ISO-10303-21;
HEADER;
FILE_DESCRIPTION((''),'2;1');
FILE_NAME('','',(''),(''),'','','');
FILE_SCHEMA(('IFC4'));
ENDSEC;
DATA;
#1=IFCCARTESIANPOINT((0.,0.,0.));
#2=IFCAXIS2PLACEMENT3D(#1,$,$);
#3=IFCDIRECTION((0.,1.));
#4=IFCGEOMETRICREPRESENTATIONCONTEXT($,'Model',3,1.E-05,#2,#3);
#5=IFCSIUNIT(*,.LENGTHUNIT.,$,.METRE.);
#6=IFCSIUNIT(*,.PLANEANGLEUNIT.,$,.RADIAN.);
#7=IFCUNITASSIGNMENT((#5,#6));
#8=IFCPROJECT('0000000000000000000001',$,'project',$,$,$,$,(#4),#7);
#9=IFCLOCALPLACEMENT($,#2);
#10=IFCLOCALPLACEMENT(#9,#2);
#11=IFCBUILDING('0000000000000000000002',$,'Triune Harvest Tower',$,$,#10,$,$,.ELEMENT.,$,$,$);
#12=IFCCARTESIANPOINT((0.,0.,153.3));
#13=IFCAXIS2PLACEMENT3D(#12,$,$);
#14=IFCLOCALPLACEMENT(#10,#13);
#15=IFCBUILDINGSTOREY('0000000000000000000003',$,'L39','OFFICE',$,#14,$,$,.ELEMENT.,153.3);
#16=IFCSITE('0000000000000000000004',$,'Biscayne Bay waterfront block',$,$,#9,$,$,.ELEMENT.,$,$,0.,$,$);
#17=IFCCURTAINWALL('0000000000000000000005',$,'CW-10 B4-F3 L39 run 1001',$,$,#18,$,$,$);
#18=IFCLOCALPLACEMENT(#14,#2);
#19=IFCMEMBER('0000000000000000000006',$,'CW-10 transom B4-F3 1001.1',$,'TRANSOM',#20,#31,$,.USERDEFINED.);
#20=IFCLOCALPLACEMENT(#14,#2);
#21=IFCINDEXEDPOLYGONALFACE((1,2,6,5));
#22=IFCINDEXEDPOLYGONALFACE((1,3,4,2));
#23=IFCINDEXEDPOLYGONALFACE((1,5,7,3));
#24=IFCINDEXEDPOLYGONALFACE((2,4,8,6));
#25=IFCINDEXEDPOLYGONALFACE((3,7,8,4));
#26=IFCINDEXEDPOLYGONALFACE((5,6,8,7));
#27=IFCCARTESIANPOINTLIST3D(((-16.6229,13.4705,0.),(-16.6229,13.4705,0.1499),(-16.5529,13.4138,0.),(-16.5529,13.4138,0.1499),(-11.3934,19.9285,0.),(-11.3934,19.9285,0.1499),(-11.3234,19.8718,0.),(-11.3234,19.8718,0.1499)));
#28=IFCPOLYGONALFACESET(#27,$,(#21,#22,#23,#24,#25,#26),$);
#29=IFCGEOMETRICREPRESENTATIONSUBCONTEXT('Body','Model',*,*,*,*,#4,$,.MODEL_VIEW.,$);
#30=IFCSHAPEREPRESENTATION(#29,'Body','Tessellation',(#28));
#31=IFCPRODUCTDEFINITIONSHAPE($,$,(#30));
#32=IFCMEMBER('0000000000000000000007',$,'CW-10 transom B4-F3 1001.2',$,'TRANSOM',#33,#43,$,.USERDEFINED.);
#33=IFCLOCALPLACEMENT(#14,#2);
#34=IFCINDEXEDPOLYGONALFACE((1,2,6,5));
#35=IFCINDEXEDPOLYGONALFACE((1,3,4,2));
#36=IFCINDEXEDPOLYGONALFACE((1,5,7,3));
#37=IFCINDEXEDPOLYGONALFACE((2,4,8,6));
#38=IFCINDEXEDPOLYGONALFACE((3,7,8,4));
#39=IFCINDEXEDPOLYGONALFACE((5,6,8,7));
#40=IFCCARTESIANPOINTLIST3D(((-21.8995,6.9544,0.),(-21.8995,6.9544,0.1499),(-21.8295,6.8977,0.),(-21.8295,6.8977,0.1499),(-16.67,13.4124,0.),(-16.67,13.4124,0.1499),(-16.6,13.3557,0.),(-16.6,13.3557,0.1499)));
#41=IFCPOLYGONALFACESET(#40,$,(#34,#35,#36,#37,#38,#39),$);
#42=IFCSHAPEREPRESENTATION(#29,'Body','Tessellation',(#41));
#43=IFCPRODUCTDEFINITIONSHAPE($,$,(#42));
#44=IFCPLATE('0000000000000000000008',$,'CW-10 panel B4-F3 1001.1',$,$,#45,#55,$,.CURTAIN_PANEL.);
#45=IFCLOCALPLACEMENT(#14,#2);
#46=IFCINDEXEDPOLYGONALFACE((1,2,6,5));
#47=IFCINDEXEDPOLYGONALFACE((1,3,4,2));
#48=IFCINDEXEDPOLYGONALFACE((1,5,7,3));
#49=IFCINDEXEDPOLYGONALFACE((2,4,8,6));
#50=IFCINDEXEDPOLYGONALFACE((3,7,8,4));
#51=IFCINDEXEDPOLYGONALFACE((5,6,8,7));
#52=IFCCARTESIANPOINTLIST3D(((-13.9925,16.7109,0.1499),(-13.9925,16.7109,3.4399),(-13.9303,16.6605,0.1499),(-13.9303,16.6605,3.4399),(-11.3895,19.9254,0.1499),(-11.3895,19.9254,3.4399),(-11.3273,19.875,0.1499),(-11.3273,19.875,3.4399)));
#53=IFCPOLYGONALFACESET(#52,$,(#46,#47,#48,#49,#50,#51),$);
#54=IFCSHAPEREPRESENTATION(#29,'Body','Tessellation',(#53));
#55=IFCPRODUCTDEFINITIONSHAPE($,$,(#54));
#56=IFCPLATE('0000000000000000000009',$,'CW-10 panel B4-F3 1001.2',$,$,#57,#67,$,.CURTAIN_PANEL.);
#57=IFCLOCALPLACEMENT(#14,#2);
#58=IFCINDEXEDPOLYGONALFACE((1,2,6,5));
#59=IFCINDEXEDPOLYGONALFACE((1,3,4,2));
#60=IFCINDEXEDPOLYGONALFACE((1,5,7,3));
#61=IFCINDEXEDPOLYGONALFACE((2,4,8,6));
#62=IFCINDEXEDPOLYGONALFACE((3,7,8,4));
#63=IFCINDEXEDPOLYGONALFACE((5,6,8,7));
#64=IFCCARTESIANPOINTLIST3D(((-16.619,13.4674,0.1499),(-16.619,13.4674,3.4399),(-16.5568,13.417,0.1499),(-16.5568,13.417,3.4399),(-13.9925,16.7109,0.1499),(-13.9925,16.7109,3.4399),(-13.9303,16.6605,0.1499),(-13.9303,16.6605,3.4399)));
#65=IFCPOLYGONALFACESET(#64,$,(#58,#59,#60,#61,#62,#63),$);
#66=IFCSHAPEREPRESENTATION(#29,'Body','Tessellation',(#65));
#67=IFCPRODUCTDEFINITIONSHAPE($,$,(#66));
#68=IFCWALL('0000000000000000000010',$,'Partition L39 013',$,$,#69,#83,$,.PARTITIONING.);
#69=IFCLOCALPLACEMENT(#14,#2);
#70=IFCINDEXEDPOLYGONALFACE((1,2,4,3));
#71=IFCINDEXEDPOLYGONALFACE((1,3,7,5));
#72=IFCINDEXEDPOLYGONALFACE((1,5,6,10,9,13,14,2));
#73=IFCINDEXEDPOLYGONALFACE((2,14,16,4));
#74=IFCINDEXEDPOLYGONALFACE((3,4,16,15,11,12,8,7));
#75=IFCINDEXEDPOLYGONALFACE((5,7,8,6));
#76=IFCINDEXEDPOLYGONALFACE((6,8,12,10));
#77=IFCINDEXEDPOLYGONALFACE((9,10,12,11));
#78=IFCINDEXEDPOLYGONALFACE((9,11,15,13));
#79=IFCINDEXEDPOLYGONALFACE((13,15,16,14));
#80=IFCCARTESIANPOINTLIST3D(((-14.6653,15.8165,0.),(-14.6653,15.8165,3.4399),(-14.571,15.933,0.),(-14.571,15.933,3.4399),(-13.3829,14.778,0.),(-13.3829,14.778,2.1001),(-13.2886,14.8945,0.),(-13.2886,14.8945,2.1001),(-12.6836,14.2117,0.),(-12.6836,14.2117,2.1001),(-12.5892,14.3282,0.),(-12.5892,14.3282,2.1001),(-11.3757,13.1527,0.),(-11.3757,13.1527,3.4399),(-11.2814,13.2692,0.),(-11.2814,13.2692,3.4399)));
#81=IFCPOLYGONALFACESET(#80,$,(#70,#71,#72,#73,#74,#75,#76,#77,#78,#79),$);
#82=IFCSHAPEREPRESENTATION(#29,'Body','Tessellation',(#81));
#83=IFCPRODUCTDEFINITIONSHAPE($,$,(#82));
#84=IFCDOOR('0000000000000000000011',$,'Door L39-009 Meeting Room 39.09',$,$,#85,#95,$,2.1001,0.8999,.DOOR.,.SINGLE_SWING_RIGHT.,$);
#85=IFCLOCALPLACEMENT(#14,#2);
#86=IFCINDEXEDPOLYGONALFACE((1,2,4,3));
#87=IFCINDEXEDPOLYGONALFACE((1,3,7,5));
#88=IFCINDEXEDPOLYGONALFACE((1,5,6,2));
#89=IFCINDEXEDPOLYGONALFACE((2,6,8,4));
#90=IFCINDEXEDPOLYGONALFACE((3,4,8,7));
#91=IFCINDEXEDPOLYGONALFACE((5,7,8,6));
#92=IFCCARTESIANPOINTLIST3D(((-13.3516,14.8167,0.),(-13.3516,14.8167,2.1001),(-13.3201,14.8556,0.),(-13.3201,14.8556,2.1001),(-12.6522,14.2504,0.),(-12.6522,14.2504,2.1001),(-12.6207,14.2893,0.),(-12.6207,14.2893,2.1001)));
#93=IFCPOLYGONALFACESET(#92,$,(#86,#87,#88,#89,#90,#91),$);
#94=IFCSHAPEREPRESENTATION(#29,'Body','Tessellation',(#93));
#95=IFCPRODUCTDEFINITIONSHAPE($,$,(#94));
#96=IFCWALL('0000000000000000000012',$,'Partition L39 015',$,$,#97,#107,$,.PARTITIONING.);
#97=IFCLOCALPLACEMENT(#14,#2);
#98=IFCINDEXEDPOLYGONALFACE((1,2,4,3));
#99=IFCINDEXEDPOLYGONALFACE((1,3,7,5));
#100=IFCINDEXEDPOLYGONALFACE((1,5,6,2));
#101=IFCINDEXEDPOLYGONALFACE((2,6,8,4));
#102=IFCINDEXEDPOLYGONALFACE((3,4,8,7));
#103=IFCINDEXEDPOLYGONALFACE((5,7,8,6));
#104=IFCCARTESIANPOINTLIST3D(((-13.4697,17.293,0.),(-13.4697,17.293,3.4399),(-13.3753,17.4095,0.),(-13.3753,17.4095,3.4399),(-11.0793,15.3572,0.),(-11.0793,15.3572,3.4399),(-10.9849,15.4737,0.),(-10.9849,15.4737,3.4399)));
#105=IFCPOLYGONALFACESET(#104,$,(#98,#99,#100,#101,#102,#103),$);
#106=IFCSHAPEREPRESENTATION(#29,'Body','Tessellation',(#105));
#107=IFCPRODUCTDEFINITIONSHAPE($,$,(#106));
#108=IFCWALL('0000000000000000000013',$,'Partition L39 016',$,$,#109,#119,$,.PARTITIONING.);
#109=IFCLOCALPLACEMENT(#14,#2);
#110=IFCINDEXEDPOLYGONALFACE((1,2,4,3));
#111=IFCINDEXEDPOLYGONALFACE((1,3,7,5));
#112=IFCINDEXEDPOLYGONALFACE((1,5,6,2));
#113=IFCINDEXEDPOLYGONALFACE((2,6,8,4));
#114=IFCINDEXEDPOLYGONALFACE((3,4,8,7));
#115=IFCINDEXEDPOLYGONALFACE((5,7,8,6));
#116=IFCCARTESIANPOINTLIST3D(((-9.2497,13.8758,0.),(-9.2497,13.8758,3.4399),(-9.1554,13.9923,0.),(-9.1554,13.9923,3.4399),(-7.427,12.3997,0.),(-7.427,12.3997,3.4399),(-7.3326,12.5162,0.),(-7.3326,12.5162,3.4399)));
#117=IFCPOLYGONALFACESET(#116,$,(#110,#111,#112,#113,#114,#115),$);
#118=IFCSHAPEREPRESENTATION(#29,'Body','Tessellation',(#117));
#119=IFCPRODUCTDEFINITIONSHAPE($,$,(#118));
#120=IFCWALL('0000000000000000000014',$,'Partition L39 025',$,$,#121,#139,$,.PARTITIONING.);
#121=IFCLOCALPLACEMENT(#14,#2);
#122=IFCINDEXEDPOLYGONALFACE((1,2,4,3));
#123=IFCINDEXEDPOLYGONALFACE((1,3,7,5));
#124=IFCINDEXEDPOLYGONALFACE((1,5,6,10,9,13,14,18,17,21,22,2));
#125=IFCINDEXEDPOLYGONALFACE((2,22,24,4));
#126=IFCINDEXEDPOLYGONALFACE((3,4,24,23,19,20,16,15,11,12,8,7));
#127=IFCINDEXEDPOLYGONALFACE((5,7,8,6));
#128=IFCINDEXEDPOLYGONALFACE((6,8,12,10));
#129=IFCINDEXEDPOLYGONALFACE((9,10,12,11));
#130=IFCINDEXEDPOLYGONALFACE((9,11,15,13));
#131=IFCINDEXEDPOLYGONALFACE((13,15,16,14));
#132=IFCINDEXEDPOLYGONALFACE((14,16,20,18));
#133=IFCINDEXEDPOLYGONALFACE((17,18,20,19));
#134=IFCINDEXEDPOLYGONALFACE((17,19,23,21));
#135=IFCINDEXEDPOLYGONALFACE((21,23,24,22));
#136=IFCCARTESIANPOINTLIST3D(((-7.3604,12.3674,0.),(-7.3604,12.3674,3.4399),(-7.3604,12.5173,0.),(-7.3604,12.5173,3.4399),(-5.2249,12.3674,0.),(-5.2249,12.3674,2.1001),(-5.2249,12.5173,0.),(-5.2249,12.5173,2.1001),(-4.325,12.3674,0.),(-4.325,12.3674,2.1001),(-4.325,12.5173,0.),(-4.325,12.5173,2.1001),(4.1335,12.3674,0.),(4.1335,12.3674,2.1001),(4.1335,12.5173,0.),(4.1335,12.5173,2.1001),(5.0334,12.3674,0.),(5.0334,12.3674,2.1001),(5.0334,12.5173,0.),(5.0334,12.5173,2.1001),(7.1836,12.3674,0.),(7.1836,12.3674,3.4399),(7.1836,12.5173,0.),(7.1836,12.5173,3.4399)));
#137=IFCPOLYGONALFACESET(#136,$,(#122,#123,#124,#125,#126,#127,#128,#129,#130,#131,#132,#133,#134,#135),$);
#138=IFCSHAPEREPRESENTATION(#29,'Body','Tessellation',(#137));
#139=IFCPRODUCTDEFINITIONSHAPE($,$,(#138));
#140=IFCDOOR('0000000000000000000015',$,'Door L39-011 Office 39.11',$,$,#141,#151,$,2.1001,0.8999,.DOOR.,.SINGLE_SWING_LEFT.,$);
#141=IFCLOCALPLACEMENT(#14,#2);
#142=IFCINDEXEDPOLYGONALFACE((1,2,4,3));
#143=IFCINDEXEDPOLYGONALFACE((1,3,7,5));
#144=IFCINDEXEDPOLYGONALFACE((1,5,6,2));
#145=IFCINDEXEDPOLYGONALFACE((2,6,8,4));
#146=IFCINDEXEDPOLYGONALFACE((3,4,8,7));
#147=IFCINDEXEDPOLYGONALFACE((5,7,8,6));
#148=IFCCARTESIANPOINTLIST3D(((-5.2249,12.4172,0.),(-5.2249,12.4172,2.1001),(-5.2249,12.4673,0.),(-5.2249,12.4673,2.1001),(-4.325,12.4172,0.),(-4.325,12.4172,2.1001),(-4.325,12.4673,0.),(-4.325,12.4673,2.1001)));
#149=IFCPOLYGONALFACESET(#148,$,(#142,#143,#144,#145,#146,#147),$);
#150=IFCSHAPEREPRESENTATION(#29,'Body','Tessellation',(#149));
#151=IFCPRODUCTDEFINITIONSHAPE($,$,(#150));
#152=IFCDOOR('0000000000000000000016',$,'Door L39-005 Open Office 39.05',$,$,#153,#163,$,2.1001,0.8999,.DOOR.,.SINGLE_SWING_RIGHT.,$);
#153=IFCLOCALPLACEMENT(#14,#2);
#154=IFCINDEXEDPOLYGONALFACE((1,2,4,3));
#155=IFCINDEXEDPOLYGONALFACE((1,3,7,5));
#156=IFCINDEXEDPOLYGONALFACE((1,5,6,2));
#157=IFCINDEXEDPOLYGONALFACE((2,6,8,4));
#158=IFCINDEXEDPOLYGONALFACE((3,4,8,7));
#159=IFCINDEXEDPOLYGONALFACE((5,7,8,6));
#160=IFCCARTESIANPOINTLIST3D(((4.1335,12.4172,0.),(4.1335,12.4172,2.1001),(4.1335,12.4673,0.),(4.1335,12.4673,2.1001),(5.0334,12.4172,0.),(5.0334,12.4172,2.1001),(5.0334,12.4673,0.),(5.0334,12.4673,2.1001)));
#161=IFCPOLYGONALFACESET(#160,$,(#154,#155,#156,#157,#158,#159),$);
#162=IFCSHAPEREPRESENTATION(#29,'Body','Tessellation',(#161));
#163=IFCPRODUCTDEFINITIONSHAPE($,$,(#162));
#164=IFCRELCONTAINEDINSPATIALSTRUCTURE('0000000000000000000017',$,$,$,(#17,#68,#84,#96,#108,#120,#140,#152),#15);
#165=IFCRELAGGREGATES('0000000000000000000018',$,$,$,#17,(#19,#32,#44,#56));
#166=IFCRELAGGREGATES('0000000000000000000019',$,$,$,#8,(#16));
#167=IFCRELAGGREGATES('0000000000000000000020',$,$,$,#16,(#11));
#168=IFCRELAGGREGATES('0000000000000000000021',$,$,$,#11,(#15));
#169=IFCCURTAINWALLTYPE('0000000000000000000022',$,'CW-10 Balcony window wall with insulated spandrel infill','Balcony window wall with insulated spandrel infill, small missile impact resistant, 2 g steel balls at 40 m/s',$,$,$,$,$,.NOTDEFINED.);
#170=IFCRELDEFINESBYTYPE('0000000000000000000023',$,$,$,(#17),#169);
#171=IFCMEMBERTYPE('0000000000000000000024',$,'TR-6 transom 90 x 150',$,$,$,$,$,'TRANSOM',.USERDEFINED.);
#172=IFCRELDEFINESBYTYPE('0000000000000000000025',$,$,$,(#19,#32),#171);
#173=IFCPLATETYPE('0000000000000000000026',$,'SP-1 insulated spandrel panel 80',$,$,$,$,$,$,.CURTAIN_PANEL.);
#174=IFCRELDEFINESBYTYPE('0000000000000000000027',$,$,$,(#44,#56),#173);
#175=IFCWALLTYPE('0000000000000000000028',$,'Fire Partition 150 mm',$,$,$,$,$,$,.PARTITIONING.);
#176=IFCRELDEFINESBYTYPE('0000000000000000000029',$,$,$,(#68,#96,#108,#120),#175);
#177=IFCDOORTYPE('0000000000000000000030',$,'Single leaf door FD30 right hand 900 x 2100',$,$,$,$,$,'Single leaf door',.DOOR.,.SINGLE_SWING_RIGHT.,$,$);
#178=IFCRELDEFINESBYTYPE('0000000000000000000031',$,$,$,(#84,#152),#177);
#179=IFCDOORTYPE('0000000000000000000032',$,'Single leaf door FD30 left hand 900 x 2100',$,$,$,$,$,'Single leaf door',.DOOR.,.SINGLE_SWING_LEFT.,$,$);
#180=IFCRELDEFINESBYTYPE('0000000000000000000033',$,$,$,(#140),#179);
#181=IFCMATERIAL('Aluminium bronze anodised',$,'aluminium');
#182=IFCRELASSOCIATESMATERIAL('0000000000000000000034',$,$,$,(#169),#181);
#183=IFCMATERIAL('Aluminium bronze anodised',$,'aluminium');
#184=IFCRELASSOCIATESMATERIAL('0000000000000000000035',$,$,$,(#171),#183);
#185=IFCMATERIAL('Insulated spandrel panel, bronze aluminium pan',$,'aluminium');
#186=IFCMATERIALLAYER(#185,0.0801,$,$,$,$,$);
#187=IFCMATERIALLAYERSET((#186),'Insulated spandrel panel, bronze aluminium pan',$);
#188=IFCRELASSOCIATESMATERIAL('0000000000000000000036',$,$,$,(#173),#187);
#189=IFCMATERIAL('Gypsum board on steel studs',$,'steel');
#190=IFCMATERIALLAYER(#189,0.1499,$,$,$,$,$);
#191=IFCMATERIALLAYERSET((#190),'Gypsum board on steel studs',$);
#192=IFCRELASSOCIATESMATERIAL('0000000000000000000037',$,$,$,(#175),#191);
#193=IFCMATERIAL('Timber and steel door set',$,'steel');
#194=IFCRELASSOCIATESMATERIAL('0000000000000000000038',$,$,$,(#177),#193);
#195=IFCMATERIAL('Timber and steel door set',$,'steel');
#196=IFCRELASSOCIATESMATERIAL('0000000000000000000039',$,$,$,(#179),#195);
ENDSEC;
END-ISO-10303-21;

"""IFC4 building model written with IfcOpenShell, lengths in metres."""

from ifc_helpers import new_model, si_unit, direction, frame, frame_2d, origin, origin_2d, place, context, subcontext, project, spatial, rectangle, extrude, source, transform, mapped, material, layer, layer_set, material_profile, profile_set, type_object, element, fill, aggregate, save


model = new_model("IFC4")

# Units and contexts
model_context = context("Model", 3, precision=1e-05, world=origin(), true_north=direction((0.0, 1.0)))
body_context = subcontext(model_context, "Body", "Model", "MODEL_VIEW")
ifc_project = project(units=[si_unit("LENGTHUNIT", "METRE"), si_unit("PLANEANGLEUNIT", "RADIAN")], contexts=[model_context])

# Site, building, storey
site_placement = place(None, origin())
site = spatial("IfcSite", under=ifc_project, at=site_placement, Name="Biscayne Bay waterfront block", CompositionType="ELEMENT", RefElevation=0.0)
building_placement = place(site_placement, origin())
building = spatial("IfcBuilding", under=site, at=building_placement, Name="Triune Harvest Tower", CompositionType="ELEMENT")
storey_placement = place(building_placement, frame((0.0, 0.0, 153.3)))
storey = spatial("IfcBuildingStorey", under=building, at=storey_placement, Name="L39", Description="OFFICE", CompositionType="ELEMENT", Elevation=153.3)

# Curtain wall, members, plates
ifc_material_1 = material(Name="Aluminium bronze anodised", Category="aluminium")
curtain_wall_type = type_object("IfcCurtainWallType", Name="CW-10 Balcony window wall with insulated spandrel infill", Description="Balcony window wall with insulated spandrel infill, small missile impact resistant, 2 g steel balls at 40 m/s", PredefinedType="NOTDEFINED", material=ifc_material_1)
curtain_wall_placement = place(storey_placement, origin())
curtain_wall = element("IfcCurtainWall", 1, at=curtain_wall_placement, inside=storey, type_object=curtain_wall_type, Name="CW-10 B4-F3 L39 run 1001")
ifc_material_2 = material(Name="Aluminium bronze anodised", Category="aluminium")
ifc_material_profile_1 = material_profile(ifc_material_2, rectangle(XDim=0.0901, YDim=0.1499, at=origin_2d()), Name="TR-6 transom 90 x 150")
ifc_profile_set_1 = profile_set([ifc_material_profile_1], Name="Aluminium bronze anodised")
member_type_1 = type_object("IfcMemberType", Name="TR-6 transom 90 x 150", ElementType="TRANSOM", PredefinedType="USERDEFINED", material=ifc_profile_set_1)
shared_shape_1 = source(origin(), body_context, "Body", "SweptSolid", [
    extrude(rectangle(XDim=0.0901, YDim=0.1499, at=origin_2d()), origin(), (0.0, 0.0, 1.0), 8.3098),
])
member_1_placement = place(storey_placement, frame((-11.3584, 19.9001, 0.075), z_axis=(-0.629313, -0.777152, 0.0), x_axis=(0.777152, -0.629313, 0.0)))
member_1 = element("IfcMember", 2, at=member_1_placement, type_object=member_type_1, Name="CW-10 transom B4-F3 1001.1", ObjectType="TRANSOM", PredefinedType="USERDEFINED", context=body_context, shape_type="MappedRepresentation", body=[
    mapped(shared_shape_1, transform((0.0, 0.0, 0.0), scale=1.0)),
])
member_2_placement = place(storey_placement, frame((-16.635, 13.384, 0.075), z_axis=(-0.629313, -0.777152, 0.0), x_axis=(0.777152, -0.629313, 0.0)))
member_2 = element("IfcMember", 3, at=member_2_placement, type_object=member_type_1, Name="CW-10 transom B4-F3 1001.2", ObjectType="TRANSOM", PredefinedType="USERDEFINED", context=body_context, shape_type="MappedRepresentation", body=[
    mapped(shared_shape_1, transform((0.0, 0.0, 0.0), scale=1.0)),
])
ifc_material_3 = material(Name="Insulated spandrel panel, bronze aluminium pan", Category="aluminium")
ifc_layer_1 = layer(ifc_material_3, 0.0801)
ifc_layer_set_1 = layer_set([ifc_layer_1], Name="Insulated spandrel panel, bronze aluminium pan")
plate_type = type_object("IfcPlateType", Name="SP-1 insulated spandrel panel 80", PredefinedType="CURTAIN_PANEL", material=ifc_layer_set_1)
shared_shape_2 = source(origin(), body_context, "Body", "SweptSolid", [
    extrude(rectangle(XDim=4.1362, YDim=0.0801, at=origin_2d()), origin(), (0.0, 0.0, 1.0), 3.29),
])
plate_1_placement = place(storey_placement, frame((-12.6599, 18.293, 0.1499), z_axis=(0.0, 0.0, 1.0), x_axis=(-0.629322, -0.777145, 0.0)))
plate_1 = element("IfcPlate", 4, at=plate_1_placement, type_object=plate_type, Name="CW-10 panel B4-F3 1001.1", PredefinedType="CURTAIN_PANEL", context=body_context, shape_type="MappedRepresentation", body=[
    mapped(shared_shape_2, transform((0.0, 0.0, 0.0), scale=1.0)),
])
shared_shape_3 = source(origin(), body_context, "Body", "SweptSolid", [
    extrude(rectangle(XDim=4.1736, YDim=0.0801, at=origin_2d()), origin(), (0.0, 0.0, 1.0), 3.29),
])
plate_2_placement = place(storey_placement, frame((-15.2747, 15.064, 0.1499), z_axis=(0.0, 0.0, 1.0), x_axis=(-0.629322, -0.777145, 0.0)))
plate_2 = element("IfcPlate", 5, at=plate_2_placement, type_object=plate_type, Name="CW-10 panel B4-F3 1001.2", PredefinedType="CURTAIN_PANEL", context=body_context, shape_type="MappedRepresentation", body=[
    mapped(shared_shape_3, transform((0.0, 0.0, 0.0), scale=1.0)),
])
aggregate(curtain_wall, [member_1, member_2, plate_1, plate_2])

# Wall, opening, door
ifc_material_4 = material(Name="Gypsum board on steel studs", Category="steel")
ifc_layer_2 = layer(ifc_material_4, 0.1499)
ifc_layer_set_2 = layer_set([ifc_layer_2], Name="Gypsum board on steel studs")
wall_type_1 = type_object("IfcWallType", Name="Fire Partition 150 mm", PredefinedType="PARTITIONING", material=ifc_layer_set_2)
wall_1_placement = place(storey_placement, frame((-14.6182, 15.8748, 0.0), z_axis=(0.0, 0.0, 1.0), x_axis=(0.777147, -0.629319, 0.0)))
wall_1 = element("IfcWall", 6, at=wall_1_placement, inside=storey, type_object=wall_type_1, Name="Partition L39 013", PredefinedType="PARTITIONING", context=body_context, shape_type="SweptSolid", body=[
    extrude(rectangle(XDim=4.2329, YDim=0.1499, at=frame_2d((2.1165, 0.0))), origin(), (0.0, 0.0, 1.0), 3.4399),
])
opening_1_placement = place(wall_1_placement, frame((1.6501, 0.0, 0.0)))
opening_1 = element("IfcOpeningElement", 7, at=opening_1_placement, cuts=wall_1, PredefinedType="OPENING", context=body_context, shape_type="SweptSolid", body=[
    extrude(rectangle(XDim=0.8999, YDim=2.1001, at=frame_2d((0.45, 1.05))), frame((0.0, 0.085, 0.0), z_axis=(0.0, -1.0, 0.0), x_axis=(1.0, 0.0, 0.0)), (0.0, 0.0, 1.0), 0.1699),
])
ifc_material_5 = material(Name="Timber and steel door set", Category="steel")
door_type_1 = type_object("IfcDoorType", Name="Single leaf door FD30 right hand 900 x 2100", ElementType="Single leaf door", OperationType="SINGLE_SWING_RIGHT", PredefinedType="DOOR", material=ifc_material_5)
door_1_placement = place(opening_1_placement, origin())
door_1 = element("IfcDoor", 8, at=door_1_placement, inside=storey, type_object=door_type_1, Name="Door L39-009 Meeting Room 39.09", OperationType="SINGLE_SWING_RIGHT", OverallHeight=2.1001, OverallWidth=0.8999, PredefinedType="DOOR", context=body_context, shape_type="SweptSolid", body=[
    extrude(rectangle(XDim=0.8999, YDim=2.1001, at=frame_2d((0.45, 1.05))), frame((0.0, 0.0249, 0.0), z_axis=(0.0, -1.0, 0.0), x_axis=(1.0, 0.0, 0.0)), (0.0, 0.0, 1.0), 0.05),
])
fill(opening_1, door_1)

# Walls
wall_2_placement = place(storey_placement, frame((-13.4226, 17.3513, 0.0), z_axis=(0.0, 0.0, 1.0), x_axis=(0.77713, -0.62934, 0.0)))
element("IfcWall", 9, at=wall_2_placement, inside=storey, type_object=wall_type_1, Name="Partition L39 015", PredefinedType="PARTITIONING", context=body_context, shape_type="SweptSolid", body=[
    extrude(rectangle(XDim=3.0759, YDim=0.1499, at=frame_2d((1.5381, 0.0))), origin(), (0.0, 0.0, 1.0), 3.4399),
])
wall_3_placement = place(storey_placement, frame((-9.2026, 13.9341, 0.0), z_axis=(0.0, 0.0, 1.0), x_axis=(0.777138, -0.62933, 0.0)))
element("IfcWall", 10, at=wall_3_placement, inside=storey, type_object=wall_type_1, Name="Partition L39 016", PredefinedType="PARTITIONING", context=body_context, shape_type="SweptSolid", body=[
    extrude(rectangle(XDim=2.3455, YDim=0.1499, at=frame_2d((1.1729, 0.0))), origin(), (0.0, 0.0, 1.0), 3.4399),
])

# Wall, openings, doors
wall_4_placement = place(storey_placement, frame((-7.3604, 12.4424, 0.0), z_axis=(0.0, 0.0, 1.0), x_axis=(1.0, 0.0, 0.0)))
wall_4 = element("IfcWall", 11, at=wall_4_placement, inside=storey, type_object=wall_type_1, Name="Partition L39 025", PredefinedType="PARTITIONING", context=body_context, shape_type="SweptSolid", body=[
    extrude(rectangle(XDim=14.5439, YDim=0.1499, at=frame_2d((7.272, 0.0))), origin(), (0.0, 0.0, 1.0), 3.4399),
])
opening_2_placement = place(wall_4_placement, frame((11.4939, 0.0, 0.0)))
opening_2 = element("IfcOpeningElement", 12, at=opening_2_placement, cuts=wall_4, PredefinedType="OPENING", context=body_context, shape_type="SweptSolid", body=[
    extrude(rectangle(XDim=0.8999, YDim=2.1001, at=frame_2d((0.45, 1.05))), frame((0.0, 0.085, 0.0), z_axis=(0.0, -1.0, 0.0), x_axis=(1.0, 0.0, 0.0)), (0.0, 0.0, 1.0), 0.1699),
])
opening_3_placement = place(wall_4_placement, frame((2.1355, 0.0, 0.0)))
opening_3 = element("IfcOpeningElement", 13, at=opening_3_placement, cuts=wall_4, PredefinedType="OPENING", context=body_context, shape_type="SweptSolid", body=[
    extrude(rectangle(XDim=0.8999, YDim=2.1001, at=frame_2d((0.45, 1.05))), frame((0.0, 0.085, 0.0), z_axis=(0.0, -1.0, 0.0), x_axis=(1.0, 0.0, 0.0)), (0.0, 0.0, 1.0), 0.1699),
])
ifc_material_6 = material(Name="Timber and steel door set", Category="steel")
door_type_2 = type_object("IfcDoorType", Name="Single leaf door FD30 left hand 900 x 2100", ElementType="Single leaf door", OperationType="SINGLE_SWING_LEFT", PredefinedType="DOOR", material=ifc_material_6)
door_2_placement = place(opening_3_placement, origin())
door_2 = element("IfcDoor", 14, at=door_2_placement, inside=storey, type_object=door_type_2, Name="Door L39-011 Office 39.11", OperationType="SINGLE_SWING_LEFT", OverallHeight=2.1001, OverallWidth=0.8999, PredefinedType="DOOR", context=body_context, shape_type="SweptSolid", body=[
    extrude(rectangle(XDim=0.8999, YDim=2.1001, at=frame_2d((0.45, 1.05))), frame((0.0, 0.0249, 0.0), z_axis=(0.0, -1.0, 0.0), x_axis=(1.0, 0.0, 0.0)), (0.0, 0.0, 1.0), 0.05),
])
fill(opening_3, door_2)
door_3_placement = place(opening_2_placement, origin())
door_3 = element("IfcDoor", 15, at=door_3_placement, inside=storey, type_object=door_type_1, Name="Door L39-005 Open Office 39.05", OperationType="SINGLE_SWING_RIGHT", OverallHeight=2.1001, OverallWidth=0.8999, PredefinedType="DOOR", context=body_context, shape_type="SweptSolid", body=[
    extrude(rectangle(XDim=0.8999, YDim=2.1001, at=frame_2d((0.45, 1.05))), frame((0.0, 0.0249, 0.0), z_axis=(0.0, -1.0, 0.0), x_axis=(1.0, 0.0, 0.0)), (0.0, 0.0, 1.0), 0.05),
])
fill(opening_2, door_3)

save(model, "model.ifc")
